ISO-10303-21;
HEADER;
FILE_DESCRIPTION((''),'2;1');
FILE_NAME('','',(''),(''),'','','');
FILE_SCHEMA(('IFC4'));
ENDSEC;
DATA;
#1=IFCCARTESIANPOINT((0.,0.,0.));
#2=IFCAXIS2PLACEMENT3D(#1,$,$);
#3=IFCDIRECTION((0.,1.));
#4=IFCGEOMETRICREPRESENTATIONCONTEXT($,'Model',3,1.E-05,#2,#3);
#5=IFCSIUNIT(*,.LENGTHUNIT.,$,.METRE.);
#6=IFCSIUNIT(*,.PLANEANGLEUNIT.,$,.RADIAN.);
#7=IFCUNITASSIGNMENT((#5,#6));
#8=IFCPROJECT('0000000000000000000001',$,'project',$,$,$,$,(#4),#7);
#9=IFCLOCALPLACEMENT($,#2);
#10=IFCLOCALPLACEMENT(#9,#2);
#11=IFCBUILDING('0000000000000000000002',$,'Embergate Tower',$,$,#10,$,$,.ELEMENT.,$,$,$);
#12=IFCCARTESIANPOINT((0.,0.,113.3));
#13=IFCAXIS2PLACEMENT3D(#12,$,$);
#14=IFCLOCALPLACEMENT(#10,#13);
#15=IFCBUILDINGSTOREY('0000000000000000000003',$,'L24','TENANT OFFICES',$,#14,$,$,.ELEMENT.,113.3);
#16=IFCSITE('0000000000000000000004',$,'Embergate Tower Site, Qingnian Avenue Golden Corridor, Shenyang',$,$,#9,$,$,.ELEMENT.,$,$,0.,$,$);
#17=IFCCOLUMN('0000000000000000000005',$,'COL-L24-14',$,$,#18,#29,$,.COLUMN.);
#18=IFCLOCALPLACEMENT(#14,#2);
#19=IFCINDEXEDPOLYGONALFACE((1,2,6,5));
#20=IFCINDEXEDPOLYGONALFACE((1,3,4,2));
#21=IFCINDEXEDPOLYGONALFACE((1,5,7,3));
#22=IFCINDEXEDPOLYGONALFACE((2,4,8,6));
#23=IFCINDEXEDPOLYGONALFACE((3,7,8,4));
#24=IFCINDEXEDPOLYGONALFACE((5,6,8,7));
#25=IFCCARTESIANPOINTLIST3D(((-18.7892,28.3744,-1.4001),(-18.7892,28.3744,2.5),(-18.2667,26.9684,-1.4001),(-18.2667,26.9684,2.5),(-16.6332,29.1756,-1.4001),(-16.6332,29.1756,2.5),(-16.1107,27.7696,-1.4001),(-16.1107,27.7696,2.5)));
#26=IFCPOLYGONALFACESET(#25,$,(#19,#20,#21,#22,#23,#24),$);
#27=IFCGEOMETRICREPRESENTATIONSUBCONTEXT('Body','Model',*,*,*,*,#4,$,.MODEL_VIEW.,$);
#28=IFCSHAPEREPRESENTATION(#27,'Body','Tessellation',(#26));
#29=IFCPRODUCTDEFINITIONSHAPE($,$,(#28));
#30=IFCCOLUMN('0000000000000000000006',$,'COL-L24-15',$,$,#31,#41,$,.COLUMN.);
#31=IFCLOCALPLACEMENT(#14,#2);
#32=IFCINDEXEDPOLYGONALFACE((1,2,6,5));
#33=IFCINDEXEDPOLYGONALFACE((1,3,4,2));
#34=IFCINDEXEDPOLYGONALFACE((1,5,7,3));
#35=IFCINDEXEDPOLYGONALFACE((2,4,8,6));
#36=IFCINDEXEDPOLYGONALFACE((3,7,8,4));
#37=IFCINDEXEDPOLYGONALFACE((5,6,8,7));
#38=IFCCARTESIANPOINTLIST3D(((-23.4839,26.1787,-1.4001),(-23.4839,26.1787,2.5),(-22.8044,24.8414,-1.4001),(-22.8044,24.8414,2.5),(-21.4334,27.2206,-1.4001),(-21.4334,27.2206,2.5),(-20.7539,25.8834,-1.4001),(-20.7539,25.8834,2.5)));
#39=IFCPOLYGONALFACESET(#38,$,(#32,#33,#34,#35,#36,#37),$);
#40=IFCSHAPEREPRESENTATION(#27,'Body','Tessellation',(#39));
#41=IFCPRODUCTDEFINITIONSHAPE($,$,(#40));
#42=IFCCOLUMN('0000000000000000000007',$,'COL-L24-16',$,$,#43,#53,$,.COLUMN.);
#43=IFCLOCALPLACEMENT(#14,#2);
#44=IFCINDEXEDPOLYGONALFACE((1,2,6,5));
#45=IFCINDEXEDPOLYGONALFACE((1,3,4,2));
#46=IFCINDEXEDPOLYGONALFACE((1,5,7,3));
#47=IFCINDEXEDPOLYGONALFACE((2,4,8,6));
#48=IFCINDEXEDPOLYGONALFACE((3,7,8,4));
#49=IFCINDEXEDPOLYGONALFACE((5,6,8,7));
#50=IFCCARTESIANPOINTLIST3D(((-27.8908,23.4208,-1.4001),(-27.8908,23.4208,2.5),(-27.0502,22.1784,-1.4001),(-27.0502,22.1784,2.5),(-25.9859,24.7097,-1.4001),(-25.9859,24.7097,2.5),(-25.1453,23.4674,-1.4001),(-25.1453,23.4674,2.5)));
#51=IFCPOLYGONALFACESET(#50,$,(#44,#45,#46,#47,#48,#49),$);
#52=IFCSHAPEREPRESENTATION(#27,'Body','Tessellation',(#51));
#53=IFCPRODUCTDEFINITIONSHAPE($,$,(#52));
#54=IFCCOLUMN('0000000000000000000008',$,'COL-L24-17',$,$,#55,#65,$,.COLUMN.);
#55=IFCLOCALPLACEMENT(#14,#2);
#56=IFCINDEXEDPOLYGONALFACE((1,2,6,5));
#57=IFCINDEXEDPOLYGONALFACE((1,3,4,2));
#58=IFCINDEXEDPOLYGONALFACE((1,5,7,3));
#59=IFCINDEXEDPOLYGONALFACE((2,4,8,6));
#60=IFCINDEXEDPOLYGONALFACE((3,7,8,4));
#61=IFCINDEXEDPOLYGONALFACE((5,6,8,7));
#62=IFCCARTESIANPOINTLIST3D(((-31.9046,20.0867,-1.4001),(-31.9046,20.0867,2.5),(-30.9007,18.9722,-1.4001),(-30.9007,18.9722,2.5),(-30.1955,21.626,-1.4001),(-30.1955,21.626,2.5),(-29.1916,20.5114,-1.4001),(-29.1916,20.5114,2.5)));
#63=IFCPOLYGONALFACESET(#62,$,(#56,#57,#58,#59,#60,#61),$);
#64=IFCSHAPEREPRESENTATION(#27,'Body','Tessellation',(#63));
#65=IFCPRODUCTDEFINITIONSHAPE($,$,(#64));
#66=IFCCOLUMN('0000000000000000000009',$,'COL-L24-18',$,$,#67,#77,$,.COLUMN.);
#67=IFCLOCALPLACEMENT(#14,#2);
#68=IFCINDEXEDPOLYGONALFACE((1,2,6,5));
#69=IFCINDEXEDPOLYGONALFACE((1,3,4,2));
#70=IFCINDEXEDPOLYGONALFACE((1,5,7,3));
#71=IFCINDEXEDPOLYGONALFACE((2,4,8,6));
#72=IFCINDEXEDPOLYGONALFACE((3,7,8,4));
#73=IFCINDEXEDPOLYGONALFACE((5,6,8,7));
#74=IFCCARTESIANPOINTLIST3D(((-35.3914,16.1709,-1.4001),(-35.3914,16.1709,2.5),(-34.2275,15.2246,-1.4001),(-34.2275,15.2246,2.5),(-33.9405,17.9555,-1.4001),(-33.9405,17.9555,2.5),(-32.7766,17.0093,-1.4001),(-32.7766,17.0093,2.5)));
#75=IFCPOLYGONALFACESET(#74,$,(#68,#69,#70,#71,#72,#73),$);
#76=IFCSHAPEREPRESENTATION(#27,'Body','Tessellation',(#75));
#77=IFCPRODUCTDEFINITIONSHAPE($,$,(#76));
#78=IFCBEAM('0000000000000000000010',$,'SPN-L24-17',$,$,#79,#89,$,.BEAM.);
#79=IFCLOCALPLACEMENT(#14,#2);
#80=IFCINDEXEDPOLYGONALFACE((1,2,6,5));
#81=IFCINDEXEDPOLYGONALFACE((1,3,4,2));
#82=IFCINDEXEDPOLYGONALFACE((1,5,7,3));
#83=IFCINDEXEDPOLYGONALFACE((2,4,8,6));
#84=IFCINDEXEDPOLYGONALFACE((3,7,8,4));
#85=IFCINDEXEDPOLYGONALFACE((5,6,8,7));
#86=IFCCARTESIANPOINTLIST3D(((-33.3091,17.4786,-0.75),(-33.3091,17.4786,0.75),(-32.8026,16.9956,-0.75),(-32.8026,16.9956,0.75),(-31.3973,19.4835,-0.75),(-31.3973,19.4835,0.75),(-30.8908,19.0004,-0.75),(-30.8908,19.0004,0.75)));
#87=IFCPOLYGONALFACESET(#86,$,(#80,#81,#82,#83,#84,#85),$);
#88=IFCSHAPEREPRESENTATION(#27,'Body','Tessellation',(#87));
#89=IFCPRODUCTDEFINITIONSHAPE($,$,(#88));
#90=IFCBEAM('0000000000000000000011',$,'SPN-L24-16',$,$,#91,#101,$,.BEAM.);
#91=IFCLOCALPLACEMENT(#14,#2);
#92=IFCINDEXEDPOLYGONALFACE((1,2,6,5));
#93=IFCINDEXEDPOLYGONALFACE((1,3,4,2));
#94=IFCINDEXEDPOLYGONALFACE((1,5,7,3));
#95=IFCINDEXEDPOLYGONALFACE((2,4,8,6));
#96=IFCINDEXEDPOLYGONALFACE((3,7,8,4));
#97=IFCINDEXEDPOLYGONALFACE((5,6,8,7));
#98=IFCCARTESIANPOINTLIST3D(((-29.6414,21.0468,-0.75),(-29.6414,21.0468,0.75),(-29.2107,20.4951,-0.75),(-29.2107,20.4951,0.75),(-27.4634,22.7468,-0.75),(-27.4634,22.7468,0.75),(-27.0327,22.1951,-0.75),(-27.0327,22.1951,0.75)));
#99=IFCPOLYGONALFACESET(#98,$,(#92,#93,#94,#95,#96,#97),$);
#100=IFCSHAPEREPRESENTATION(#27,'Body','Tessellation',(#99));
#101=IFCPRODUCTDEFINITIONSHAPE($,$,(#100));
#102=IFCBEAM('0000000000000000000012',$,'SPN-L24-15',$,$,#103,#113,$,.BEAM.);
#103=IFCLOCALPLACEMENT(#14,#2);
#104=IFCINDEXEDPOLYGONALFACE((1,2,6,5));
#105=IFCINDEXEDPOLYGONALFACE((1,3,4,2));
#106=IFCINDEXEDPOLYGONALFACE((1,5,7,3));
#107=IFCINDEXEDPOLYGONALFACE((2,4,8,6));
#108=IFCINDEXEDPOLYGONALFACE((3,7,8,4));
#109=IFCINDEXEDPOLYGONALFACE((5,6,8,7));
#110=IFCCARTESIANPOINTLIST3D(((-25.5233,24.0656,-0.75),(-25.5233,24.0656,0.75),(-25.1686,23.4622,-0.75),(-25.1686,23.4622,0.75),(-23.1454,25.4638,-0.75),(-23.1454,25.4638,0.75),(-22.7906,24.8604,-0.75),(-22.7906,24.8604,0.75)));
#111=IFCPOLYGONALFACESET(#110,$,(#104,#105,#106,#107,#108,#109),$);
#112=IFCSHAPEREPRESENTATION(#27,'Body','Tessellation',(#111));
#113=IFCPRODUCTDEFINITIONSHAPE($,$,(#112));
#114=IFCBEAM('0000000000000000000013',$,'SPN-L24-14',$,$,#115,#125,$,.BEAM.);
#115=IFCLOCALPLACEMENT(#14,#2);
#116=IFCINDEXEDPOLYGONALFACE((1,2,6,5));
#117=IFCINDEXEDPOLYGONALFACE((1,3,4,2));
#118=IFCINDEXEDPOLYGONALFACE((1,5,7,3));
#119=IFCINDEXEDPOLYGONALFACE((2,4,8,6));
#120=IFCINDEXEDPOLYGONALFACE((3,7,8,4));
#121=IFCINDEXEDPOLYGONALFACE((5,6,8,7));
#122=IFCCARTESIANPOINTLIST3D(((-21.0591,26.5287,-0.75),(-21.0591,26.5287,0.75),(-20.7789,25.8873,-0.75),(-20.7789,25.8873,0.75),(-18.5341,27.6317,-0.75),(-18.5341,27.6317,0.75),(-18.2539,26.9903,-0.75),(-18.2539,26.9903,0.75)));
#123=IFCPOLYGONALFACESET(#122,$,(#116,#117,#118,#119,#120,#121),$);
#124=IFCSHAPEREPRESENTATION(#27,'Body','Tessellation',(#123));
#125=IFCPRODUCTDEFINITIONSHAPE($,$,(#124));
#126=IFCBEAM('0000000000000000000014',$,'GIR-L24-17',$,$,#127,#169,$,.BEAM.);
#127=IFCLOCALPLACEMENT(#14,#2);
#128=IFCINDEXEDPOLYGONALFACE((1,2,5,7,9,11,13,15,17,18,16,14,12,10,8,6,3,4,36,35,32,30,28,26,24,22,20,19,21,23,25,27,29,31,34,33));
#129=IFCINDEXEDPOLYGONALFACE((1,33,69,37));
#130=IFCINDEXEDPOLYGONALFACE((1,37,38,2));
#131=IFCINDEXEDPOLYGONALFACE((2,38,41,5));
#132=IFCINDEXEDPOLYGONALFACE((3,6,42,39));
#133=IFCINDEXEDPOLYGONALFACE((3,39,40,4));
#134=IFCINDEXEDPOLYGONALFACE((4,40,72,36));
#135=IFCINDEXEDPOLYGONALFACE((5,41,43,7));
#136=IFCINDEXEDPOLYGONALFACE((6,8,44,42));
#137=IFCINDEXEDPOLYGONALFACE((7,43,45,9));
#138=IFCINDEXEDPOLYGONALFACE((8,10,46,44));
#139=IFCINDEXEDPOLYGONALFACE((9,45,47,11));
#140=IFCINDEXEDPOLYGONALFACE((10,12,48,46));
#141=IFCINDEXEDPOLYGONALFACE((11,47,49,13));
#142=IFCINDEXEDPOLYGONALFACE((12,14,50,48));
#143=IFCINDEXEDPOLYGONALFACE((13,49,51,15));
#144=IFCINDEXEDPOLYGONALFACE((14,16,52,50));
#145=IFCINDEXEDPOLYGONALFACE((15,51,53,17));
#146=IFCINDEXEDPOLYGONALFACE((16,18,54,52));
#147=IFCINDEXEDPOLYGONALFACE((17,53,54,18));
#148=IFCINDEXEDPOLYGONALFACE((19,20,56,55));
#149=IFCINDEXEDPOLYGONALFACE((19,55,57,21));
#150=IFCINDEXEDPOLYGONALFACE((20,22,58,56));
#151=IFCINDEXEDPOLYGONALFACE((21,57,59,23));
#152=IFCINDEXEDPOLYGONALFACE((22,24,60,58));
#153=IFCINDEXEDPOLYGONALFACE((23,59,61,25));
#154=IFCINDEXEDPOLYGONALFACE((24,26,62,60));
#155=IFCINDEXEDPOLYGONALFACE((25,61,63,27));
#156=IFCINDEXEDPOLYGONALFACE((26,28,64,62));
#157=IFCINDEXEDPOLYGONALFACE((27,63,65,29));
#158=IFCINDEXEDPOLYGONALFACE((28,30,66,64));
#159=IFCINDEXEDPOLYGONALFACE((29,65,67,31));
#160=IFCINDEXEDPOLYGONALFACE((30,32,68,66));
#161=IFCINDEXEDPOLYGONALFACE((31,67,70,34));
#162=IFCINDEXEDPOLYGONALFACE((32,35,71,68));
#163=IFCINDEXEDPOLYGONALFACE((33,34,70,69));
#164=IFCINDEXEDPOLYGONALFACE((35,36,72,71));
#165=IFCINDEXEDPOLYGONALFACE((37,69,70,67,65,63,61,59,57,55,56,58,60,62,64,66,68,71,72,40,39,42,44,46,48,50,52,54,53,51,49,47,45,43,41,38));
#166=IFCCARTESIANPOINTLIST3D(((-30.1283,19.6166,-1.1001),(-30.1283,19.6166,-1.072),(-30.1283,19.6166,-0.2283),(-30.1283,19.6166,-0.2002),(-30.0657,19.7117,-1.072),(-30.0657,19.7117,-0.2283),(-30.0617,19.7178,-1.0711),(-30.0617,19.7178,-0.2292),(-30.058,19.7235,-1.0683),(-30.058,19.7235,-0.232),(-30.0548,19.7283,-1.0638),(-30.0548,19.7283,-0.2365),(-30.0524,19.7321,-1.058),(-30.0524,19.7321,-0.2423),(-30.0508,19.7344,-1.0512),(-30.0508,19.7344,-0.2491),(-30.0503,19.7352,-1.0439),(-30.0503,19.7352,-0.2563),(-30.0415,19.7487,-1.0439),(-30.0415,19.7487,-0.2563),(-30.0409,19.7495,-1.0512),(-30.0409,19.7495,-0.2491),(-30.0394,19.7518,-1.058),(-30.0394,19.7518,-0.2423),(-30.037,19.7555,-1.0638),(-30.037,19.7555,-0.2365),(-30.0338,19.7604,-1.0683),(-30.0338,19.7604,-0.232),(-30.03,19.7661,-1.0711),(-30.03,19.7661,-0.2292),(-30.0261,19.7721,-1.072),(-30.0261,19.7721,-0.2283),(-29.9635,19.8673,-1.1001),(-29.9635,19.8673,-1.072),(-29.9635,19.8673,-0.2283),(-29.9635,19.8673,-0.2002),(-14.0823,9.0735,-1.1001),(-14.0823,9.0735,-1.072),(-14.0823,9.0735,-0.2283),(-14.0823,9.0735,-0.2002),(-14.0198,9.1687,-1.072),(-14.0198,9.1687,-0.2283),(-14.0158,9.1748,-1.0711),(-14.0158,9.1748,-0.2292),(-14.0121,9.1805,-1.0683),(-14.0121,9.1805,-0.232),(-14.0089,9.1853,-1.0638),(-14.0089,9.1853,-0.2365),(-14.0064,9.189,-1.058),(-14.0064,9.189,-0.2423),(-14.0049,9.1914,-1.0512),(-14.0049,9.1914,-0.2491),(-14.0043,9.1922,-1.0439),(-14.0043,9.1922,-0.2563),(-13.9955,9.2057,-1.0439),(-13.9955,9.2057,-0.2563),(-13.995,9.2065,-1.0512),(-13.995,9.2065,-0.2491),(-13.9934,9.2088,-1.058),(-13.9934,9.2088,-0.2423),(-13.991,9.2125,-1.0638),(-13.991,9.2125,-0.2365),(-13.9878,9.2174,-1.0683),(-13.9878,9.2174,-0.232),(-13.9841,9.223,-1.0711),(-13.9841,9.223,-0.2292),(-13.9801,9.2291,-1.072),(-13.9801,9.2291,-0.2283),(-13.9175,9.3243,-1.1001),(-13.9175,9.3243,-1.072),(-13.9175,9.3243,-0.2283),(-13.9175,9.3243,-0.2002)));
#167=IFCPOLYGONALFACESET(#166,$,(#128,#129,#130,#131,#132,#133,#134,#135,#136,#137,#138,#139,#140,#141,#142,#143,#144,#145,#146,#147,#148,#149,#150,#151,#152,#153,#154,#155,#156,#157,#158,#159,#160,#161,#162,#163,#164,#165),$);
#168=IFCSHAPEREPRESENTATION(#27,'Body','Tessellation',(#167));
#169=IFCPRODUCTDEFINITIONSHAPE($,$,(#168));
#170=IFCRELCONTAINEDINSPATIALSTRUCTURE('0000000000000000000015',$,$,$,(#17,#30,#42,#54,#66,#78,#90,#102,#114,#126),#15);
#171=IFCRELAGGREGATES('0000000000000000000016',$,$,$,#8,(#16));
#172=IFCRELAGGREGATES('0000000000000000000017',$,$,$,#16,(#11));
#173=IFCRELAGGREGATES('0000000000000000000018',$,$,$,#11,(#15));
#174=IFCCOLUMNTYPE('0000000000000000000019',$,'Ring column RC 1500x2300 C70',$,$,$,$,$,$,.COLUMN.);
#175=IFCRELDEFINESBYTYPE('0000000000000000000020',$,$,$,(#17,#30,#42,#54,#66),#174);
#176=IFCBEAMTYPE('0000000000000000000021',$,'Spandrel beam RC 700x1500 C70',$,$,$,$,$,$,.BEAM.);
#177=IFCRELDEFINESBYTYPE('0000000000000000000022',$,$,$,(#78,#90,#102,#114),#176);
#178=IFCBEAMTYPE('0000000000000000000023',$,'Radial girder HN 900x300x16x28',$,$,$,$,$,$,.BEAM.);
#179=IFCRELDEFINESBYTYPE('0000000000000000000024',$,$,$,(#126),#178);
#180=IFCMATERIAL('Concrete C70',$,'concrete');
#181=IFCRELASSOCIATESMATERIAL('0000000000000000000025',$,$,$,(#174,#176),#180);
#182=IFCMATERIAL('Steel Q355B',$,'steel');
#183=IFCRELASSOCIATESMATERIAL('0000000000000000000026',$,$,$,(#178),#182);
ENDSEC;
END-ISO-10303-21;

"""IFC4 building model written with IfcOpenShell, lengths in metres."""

from ifc_helpers import new_model, si_unit, direction, frame, origin, origin_2d, place, context, subcontext, project, spatial, rectangle, i_section, extrude, source, transform, mapped, material, material_profile, profile_set, type_object, element, save


model = new_model("IFC4")

# Units and contexts
model_context = context("Model", 3, precision=1e-05, world=origin(), true_north=direction((0.0, 1.0)))
body_context = subcontext(model_context, "Body", "Model", "MODEL_VIEW")
ifc_project = project(units=[si_unit("LENGTHUNIT", "METRE"), si_unit("PLANEANGLEUNIT", "RADIAN")], contexts=[model_context])

# Site, building, storey
site_placement = place(None, origin())
site = spatial("IfcSite", under=ifc_project, at=site_placement, Name="Embergate Tower Site, Qingnian Avenue Golden Corridor, Shenyang", CompositionType="ELEMENT", RefElevation=0.0)
building_placement = place(site_placement, origin())
building = spatial("IfcBuilding", under=site, at=building_placement, Name="Embergate Tower", CompositionType="ELEMENT")
storey_placement = place(building_placement, frame((0.0, 0.0, 113.3)))
storey = spatial("IfcBuildingStorey", under=building, at=storey_placement, Name="L24", Description="TENANT OFFICES", CompositionType="ELEMENT", Elevation=113.3)

# Columns
ifc_material_1 = material(Name="Concrete C70", Category="concrete")
ifc_material_profile_1 = material_profile(ifc_material_1, rectangle(XDim=1.5, YDim=2.3, at=origin_2d()), Name="RC 1500x2300")
ifc_profile_set_1 = profile_set([ifc_material_profile_1], Name="Concrete C70")
column_type = type_object("IfcColumnType", Name="Ring column RC 1500x2300 C70", PredefinedType="COLUMN", material=ifc_profile_set_1)
shared_shape_1 = source(origin(), body_context, "Body", "SweptSolid", [
    extrude(rectangle(XDim=1.5, YDim=2.3, at=origin_2d()), origin(), (0.0, 0.0, 1.0), 3.9001),
])
for number, where, z_axis, x_axis, name in (
    (1, (-17.45, 28.072, -1.4001), (0.0, 0.0, 1.0), (-0.348343, 0.937367, 0.0), "COL-L24-14"),
    (2, (-22.1189, 26.031, -1.4001), (0.0, 0.0, 1.0), (-0.453011, 0.891505, 0.0), "COL-L24-15"),
    (3, (-26.5181, 23.4441, -1.4001), (0.0, 0.0, 1.0), (-0.560408, 0.828217, 0.0), "COL-L24-16"),
    (4, (-30.5481, 20.2991, -1.4001), (0.0, 0.0, 1.0), (-0.669221, 0.743063, 0.0), "COL-L24-17"),
    (5, (-34.084, 16.5901, -1.4001), (0.0, 0.0, 1.0), (-0.775925, 0.630825, 0.0), "COL-L24-18"),
):
    element("IfcColumn", number, at=place(storey_placement, frame(where, z_axis=z_axis, x_axis=x_axis)), inside=storey, type_object=column_type, Name=name, PredefinedType="COLUMN", context=body_context, shape_type="MappedRepresentation", body=[
        mapped(shared_shape_1, transform((0.0, 0.0, 0.0))),
    ])

# Beams
ifc_material_profile_2 = material_profile(ifc_material_1, rectangle(XDim=0.7, YDim=1.5, at=origin_2d()), Name="RC 700x1500")
ifc_profile_set_2 = profile_set([ifc_material_profile_2], Name="Concrete C70")
beam_type_1 = type_object("IfcBeamType", Name="Spandrel beam RC 700x1500 C70", PredefinedType="BEAM", material=ifc_profile_set_2)
shared_shape_2 = source(origin(), body_context, "Body", "SweptSolid", [
    extrude(rectangle(XDim=0.7, YDim=1.5, at=origin_2d()), origin(), (0.0, 0.0, 1.0), 2.7703),
])
beam_1_placement = place(storey_placement, frame((-31.144, 19.2419, 0.0), z_axis=(-0.690119, -0.723696, 0.0), x_axis=(0.723696, -0.690119, 0.0)))
element("IfcBeam", 6, at=beam_1_placement, inside=storey, type_object=beam_type_1, Name="SPN-L24-17", PredefinedType="BEAM", context=body_context, shape_type="MappedRepresentation", body=[
    mapped(shared_shape_2, transform((0.0, 0.0, 0.0))),
])
shared_shape_3 = source(origin(), body_context, "Body", "SweptSolid", [
    extrude(rectangle(XDim=0.7, YDim=1.5, at=origin_2d()), origin(), (0.0, 0.0, 1.0), 2.7629),
])
beam_2_placement = place(storey_placement, frame((-27.248, 22.4709, 0.0), z_axis=(-0.788304, -0.615286, 0.0), x_axis=(0.615286, -0.788304, 0.0)))
element("IfcBeam", 7, at=beam_2_placement, inside=storey, type_object=beam_type_1, Name="SPN-L24-16", PredefinedType="BEAM", context=body_context, shape_type="MappedRepresentation", body=[
    mapped(shared_shape_3, transform((0.0, 0.0, 0.0))),
])
shared_shape_4 = source(origin(), body_context, "Body", "SweptSolid", [
    extrude(rectangle(XDim=0.7, YDim=1.5, at=origin_2d()), origin(), (0.0, 0.0, 1.0), 2.7585),
])
beam_3_placement = place(storey_placement, frame((-22.968, 25.1621, 0.0), z_axis=(-0.862027, -0.506862, 0.0), x_axis=(0.506862, -0.862027, 0.0)))
element("IfcBeam", 8, at=beam_3_placement, inside=storey, type_object=beam_type_1, Name="SPN-L24-15", PredefinedType="BEAM", context=body_context, shape_type="MappedRepresentation", body=[
    mapped(shared_shape_4, transform((0.0, 0.0, 0.0))),
])
shared_shape_5 = source(origin(), body_context, "Body", "SweptSolid", [
    extrude(rectangle(XDim=0.7, YDim=1.5, at=origin_2d()), origin(), (0.0, 0.0, 1.0), 2.7554),
])
beam_4_placement = place(storey_placement, frame((-18.394, 27.311, 0.0), z_axis=(-0.916373, -0.400326, 0.0), x_axis=(0.400326, -0.916373, 0.0)))
element("IfcBeam", 9, at=beam_4_placement, inside=storey, type_object=beam_type_1, Name="SPN-L24-14", PredefinedType="BEAM", context=body_context, shape_type="MappedRepresentation", body=[
    mapped(shared_shape_5, transform((0.0, 0.0, 0.0))),
])
ifc_material_2 = material(Name="Steel Q355B", Category="steel")
ifc_material_profile_3 = material_profile(ifc_material_2, i_section(OverallWidth=0.3, OverallDepth=0.8999, WebThickness=0.0161, FlangeThickness=0.0281, FilletRadius=0.0281, at=origin_2d()), Name="HN 900x300x16x28")
ifc_profile_set_3 = profile_set([ifc_material_profile_3], Name="Steel Q355 grade B")
beam_type_2 = type_object("IfcBeamType", Name="Radial girder HN 900x300x16x28", PredefinedType="BEAM", material=ifc_profile_set_3)
shared_shape_6 = source(origin(), body_context, "Body", "SweptSolid", [
    extrude(i_section(OverallWidth=0.3, OverallDepth=0.8999, WebThickness=0.0161, FlangeThickness=0.0281, FilletRadius=0.0281, at=origin_2d()), origin(), (0.0, 0.0, 1.0), 19.1997),
])
beam_5_placement = place(storey_placement, frame((-30.0459, 19.7419, -0.6501), z_axis=(0.835741, -0.549124, 0.0), x_axis=(0.549124, 0.835741, 0.0)))
element("IfcBeam", 10, at=beam_5_placement, inside=storey, type_object=beam_type_2, Name="GIR-L24-17", PredefinedType="BEAM", context=body_context, shape_type="MappedRepresentation", body=[
    mapped(shared_shape_6, transform((0.0, 0.0, 0.0))),
])

save(model, "model.ifc")
